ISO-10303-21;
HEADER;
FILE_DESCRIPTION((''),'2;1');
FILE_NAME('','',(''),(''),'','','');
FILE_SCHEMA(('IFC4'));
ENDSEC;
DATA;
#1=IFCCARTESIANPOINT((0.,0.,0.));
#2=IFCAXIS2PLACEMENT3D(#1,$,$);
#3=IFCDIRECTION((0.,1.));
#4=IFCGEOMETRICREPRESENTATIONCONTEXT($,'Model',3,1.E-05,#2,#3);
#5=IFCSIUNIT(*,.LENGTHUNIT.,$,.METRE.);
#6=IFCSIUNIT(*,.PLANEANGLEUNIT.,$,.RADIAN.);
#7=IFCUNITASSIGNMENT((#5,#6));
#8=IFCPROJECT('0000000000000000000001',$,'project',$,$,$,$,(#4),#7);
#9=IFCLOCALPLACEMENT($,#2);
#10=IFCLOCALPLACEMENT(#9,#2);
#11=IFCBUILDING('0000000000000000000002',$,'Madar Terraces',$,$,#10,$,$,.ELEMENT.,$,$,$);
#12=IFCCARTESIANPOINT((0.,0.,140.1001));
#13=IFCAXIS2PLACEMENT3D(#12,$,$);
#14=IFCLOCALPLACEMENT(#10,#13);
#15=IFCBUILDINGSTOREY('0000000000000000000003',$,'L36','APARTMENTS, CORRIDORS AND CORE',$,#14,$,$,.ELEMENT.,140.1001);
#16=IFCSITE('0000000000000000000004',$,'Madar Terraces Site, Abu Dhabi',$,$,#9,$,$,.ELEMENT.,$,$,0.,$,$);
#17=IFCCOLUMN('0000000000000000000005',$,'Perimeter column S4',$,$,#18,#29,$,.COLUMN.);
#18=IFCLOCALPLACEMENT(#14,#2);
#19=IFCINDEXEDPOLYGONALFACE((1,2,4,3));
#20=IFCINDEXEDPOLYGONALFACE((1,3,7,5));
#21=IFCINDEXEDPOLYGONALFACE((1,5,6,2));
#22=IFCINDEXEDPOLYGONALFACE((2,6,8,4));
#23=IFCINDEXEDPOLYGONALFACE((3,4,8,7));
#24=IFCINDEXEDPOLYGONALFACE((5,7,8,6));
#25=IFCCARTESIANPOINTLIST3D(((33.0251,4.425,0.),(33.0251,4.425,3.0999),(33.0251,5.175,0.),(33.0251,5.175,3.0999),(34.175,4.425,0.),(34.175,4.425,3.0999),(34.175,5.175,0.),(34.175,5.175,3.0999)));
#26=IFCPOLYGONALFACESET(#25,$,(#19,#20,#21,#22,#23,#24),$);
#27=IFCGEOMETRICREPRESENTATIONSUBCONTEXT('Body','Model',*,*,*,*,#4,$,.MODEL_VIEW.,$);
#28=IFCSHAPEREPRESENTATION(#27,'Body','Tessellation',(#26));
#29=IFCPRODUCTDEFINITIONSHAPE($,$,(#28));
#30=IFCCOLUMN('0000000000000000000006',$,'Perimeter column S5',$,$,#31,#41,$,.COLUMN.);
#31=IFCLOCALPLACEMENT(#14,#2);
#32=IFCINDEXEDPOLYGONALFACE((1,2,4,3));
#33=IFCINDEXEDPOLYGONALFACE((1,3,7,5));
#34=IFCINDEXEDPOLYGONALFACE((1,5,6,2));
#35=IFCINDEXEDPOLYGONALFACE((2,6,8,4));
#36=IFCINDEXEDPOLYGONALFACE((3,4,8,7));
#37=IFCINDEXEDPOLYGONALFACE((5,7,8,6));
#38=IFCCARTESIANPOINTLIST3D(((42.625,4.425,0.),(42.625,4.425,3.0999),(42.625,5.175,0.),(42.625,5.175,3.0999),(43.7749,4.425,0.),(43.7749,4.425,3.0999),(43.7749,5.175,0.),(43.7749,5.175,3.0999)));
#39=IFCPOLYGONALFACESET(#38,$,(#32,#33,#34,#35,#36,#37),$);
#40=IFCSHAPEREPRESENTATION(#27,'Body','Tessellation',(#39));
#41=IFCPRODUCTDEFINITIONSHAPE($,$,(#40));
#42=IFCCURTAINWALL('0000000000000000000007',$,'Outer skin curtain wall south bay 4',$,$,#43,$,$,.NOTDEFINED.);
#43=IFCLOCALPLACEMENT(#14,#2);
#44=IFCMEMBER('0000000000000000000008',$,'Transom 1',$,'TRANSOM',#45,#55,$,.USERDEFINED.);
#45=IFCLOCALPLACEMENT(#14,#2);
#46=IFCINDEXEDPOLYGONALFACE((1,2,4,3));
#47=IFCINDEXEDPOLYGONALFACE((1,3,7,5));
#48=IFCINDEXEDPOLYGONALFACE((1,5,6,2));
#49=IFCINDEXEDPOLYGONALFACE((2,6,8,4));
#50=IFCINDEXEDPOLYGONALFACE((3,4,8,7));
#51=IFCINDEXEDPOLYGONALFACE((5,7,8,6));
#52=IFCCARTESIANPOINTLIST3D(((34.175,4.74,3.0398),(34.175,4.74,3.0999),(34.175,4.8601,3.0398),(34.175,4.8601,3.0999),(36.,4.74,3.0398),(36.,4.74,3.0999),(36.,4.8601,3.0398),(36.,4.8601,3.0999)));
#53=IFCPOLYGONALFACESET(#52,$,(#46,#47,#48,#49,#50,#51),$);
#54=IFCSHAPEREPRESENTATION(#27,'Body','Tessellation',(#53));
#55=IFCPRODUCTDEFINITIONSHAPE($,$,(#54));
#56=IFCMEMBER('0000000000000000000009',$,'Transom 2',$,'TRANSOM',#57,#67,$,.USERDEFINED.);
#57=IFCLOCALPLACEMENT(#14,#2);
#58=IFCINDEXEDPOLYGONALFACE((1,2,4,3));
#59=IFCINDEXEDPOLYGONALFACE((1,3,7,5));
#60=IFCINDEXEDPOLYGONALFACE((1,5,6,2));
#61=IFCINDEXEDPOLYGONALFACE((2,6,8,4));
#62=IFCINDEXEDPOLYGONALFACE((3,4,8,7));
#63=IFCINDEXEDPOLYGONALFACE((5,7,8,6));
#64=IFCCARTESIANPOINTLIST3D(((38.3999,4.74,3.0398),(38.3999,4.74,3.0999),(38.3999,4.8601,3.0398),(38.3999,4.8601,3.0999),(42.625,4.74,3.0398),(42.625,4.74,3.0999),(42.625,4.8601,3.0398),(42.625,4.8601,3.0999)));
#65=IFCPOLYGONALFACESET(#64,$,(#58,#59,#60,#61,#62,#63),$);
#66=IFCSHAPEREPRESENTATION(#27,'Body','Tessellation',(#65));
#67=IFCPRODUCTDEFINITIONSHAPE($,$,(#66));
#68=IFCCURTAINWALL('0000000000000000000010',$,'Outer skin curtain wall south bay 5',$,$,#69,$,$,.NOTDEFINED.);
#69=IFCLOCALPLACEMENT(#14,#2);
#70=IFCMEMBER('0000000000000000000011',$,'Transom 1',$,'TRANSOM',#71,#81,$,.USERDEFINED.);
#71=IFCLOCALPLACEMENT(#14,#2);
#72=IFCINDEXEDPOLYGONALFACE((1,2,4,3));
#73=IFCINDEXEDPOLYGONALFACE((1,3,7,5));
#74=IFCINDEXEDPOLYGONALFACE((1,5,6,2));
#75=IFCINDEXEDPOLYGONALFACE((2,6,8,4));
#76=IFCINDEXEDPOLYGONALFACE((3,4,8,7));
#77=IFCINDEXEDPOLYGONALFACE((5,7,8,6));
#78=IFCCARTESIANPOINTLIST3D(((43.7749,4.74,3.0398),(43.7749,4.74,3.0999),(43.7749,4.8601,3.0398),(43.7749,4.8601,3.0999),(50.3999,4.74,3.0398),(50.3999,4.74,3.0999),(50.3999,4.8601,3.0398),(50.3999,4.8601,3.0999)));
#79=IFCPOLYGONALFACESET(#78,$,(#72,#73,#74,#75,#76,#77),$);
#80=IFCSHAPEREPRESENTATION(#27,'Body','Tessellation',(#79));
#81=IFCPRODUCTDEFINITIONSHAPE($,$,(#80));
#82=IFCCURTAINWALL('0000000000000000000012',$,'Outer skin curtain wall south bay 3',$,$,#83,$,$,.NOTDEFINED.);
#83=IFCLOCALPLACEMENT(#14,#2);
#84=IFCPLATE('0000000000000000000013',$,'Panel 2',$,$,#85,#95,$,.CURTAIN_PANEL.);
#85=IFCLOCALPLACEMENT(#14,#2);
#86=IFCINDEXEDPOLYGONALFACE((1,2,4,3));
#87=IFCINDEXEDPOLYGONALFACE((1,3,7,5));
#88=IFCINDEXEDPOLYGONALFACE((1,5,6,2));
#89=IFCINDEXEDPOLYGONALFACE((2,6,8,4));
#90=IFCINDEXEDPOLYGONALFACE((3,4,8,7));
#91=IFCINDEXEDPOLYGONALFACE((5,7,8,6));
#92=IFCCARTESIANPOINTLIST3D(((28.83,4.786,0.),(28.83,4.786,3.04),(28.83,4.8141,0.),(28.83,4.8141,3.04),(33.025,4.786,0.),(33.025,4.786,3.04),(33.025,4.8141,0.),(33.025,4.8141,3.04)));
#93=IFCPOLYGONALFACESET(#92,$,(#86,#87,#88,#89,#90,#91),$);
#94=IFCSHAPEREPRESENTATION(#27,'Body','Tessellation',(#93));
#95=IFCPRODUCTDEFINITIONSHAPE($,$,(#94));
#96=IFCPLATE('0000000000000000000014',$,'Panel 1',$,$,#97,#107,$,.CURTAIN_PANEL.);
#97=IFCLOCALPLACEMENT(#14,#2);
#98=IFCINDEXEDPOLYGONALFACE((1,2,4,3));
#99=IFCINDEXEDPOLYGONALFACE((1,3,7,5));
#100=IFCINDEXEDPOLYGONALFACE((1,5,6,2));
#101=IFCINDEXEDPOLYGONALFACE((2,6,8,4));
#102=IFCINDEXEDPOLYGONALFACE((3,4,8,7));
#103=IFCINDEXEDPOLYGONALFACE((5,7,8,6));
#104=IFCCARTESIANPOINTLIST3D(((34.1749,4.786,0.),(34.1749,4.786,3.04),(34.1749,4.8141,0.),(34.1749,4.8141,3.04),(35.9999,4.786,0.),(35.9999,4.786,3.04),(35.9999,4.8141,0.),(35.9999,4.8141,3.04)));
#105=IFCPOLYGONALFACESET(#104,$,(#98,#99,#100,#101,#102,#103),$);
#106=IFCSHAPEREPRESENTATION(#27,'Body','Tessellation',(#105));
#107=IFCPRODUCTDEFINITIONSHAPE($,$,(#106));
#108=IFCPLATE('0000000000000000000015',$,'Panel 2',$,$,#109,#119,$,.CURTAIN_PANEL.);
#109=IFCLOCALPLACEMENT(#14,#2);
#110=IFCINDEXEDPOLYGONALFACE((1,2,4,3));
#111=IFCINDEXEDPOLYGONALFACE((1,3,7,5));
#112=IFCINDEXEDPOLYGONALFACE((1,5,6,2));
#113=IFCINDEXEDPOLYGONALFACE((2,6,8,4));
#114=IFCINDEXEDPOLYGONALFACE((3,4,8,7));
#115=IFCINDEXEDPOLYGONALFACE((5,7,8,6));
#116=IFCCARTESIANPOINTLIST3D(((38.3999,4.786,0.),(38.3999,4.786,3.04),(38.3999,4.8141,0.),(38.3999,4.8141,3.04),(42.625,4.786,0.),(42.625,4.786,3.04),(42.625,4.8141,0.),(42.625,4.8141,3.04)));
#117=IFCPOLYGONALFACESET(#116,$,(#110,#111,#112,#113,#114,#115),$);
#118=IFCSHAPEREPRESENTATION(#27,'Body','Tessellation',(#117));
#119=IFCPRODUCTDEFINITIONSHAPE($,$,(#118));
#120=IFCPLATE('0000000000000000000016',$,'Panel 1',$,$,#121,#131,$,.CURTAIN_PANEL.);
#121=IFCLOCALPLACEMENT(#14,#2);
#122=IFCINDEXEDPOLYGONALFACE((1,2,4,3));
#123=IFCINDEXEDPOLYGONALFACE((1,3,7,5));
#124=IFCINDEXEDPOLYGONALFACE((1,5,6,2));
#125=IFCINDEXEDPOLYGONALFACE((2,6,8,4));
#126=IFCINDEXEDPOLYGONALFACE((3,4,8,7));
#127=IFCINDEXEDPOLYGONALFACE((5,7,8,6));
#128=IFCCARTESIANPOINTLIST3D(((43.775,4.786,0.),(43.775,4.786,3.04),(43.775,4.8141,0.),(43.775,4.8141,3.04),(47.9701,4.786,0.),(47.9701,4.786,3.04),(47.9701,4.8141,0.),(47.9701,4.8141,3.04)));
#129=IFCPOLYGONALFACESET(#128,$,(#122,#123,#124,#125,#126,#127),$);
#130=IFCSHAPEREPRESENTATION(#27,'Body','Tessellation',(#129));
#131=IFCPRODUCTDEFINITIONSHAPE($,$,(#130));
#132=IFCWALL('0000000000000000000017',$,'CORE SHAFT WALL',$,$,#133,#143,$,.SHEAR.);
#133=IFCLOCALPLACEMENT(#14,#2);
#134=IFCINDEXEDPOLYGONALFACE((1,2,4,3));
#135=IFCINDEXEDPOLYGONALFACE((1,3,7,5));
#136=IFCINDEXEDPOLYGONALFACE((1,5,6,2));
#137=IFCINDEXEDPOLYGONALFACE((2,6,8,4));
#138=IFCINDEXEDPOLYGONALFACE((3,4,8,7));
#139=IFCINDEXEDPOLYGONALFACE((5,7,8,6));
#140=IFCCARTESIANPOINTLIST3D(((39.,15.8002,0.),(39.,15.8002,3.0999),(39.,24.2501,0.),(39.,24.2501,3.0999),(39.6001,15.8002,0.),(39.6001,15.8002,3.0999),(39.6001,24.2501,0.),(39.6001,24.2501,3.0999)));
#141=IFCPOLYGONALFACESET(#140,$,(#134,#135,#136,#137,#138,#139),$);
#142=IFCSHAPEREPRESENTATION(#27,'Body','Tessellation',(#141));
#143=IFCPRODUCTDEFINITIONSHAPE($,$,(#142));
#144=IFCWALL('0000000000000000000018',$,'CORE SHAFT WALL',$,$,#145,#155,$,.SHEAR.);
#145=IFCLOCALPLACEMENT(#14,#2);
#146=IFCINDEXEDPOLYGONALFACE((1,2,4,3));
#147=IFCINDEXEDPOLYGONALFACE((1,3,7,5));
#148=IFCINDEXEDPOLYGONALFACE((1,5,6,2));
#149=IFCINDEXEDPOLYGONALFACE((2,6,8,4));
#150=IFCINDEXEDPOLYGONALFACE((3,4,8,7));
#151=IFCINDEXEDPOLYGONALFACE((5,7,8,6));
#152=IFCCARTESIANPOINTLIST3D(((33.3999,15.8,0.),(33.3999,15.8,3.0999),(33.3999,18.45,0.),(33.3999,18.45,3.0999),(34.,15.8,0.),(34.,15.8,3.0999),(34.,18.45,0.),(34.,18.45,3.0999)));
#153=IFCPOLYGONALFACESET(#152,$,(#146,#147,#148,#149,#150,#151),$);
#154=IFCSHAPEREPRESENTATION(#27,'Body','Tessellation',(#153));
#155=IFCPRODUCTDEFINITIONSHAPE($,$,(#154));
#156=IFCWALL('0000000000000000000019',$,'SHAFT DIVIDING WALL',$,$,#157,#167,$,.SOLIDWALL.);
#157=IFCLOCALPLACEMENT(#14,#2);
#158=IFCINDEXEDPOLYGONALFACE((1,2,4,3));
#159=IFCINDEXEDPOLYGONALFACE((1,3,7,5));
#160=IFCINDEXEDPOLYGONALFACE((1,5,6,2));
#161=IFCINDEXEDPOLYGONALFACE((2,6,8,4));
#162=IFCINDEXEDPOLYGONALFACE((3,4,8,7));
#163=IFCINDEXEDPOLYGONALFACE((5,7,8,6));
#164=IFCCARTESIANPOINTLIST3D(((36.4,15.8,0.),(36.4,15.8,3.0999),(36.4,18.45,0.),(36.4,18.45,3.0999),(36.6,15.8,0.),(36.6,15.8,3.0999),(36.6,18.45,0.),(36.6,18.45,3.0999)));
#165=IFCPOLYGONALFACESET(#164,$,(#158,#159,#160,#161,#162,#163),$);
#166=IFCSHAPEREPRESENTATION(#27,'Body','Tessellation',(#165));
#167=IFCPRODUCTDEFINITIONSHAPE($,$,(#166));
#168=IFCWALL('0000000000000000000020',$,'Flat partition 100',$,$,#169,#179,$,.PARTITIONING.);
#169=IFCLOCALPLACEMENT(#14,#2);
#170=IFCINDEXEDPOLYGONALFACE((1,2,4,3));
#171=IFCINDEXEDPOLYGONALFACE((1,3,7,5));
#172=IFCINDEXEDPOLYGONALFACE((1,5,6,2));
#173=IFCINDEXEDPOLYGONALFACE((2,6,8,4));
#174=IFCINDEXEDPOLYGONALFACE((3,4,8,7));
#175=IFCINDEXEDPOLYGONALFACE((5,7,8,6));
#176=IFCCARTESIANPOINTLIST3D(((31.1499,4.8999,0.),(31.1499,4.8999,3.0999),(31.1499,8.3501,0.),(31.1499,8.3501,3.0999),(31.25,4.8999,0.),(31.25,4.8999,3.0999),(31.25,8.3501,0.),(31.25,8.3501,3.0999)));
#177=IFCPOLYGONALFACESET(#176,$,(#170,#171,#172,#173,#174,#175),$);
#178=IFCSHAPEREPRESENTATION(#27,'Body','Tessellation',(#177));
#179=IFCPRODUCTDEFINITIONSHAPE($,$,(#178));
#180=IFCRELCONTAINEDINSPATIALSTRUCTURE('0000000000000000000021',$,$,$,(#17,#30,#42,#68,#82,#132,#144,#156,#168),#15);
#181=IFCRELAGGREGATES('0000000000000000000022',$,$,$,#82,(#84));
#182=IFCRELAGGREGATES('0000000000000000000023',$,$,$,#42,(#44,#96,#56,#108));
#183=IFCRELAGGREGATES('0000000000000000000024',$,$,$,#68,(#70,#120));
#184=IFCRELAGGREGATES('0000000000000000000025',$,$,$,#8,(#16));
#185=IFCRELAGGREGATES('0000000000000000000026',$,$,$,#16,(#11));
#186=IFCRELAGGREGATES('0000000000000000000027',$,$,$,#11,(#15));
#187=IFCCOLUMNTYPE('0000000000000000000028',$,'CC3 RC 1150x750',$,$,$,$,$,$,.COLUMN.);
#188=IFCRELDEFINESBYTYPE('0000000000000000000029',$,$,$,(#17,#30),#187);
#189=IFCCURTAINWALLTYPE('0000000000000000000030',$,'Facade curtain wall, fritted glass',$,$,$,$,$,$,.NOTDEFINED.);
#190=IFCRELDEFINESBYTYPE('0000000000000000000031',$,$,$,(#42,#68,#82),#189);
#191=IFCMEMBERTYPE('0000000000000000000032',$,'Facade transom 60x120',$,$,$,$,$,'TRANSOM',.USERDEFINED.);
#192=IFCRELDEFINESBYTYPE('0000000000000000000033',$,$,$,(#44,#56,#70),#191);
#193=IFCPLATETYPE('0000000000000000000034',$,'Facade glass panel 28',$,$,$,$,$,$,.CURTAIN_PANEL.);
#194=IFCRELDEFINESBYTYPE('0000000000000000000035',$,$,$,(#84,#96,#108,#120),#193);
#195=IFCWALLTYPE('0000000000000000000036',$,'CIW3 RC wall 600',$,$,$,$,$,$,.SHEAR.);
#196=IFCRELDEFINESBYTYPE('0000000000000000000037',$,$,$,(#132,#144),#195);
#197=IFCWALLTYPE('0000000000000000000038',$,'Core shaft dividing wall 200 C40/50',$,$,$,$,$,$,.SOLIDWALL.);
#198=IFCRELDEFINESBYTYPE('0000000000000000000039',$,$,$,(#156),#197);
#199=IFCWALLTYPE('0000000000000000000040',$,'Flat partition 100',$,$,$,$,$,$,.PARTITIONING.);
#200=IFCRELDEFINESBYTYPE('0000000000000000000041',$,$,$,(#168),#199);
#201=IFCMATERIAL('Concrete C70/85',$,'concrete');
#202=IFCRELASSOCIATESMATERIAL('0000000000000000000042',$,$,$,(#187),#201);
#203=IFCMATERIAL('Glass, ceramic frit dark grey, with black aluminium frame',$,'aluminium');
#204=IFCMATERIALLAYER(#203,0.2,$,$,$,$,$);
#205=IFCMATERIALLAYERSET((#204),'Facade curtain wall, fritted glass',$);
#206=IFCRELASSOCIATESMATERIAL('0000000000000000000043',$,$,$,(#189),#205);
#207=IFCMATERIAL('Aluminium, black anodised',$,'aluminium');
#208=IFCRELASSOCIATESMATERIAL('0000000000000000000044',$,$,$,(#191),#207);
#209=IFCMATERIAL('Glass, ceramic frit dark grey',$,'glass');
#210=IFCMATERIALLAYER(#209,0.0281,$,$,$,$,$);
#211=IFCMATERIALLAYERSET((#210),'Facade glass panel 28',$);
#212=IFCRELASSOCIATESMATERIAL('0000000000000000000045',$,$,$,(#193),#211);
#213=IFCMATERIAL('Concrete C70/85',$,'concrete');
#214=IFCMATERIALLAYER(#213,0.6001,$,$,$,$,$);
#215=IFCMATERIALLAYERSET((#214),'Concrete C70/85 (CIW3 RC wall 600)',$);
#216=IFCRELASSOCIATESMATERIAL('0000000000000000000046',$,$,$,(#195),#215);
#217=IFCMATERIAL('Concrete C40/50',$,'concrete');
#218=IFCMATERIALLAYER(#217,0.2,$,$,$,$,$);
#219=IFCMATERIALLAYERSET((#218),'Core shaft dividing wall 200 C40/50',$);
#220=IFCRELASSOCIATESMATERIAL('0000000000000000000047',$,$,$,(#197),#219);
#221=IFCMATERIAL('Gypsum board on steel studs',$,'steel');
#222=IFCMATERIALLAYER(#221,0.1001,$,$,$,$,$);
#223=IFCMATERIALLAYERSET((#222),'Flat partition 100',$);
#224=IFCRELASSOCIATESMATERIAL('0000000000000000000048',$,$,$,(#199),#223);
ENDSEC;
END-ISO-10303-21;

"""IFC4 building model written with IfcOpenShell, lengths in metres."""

from ifc_helpers import new_model, si_unit, direction, frame, frame_2d, origin, origin_2d, place, context, subcontext, project, spatial, rectangle, extrude, material, layer, layer_set, material_profile, profile_set, type_object, element, aggregate, save


model = new_model("IFC4")

# Units and contexts
model_context = context("Model", 3, precision=1e-05, world=origin(), true_north=direction((0.0, 1.0)))
body_context = subcontext(model_context, "Body", "Model", "MODEL_VIEW")
ifc_project = project(units=[si_unit("LENGTHUNIT", "METRE"), si_unit("PLANEANGLEUNIT", "RADIAN")], contexts=[model_context])

# Site, building, storey
site_placement = place(None, origin())
site = spatial("IfcSite", under=ifc_project, at=site_placement, Name="Madar Terraces Site, Abu Dhabi", CompositionType="ELEMENT", RefElevation=0.0)
building_placement = place(site_placement, origin())
building = spatial("IfcBuilding", under=site, at=building_placement, Name="Madar Terraces", CompositionType="ELEMENT")
storey_placement = place(building_placement, frame((0.0, 0.0, 140.1001)))
storey = spatial("IfcBuildingStorey", under=building, at=storey_placement, Name="L36", Description="APARTMENTS, CORRIDORS AND CORE", CompositionType="ELEMENT", Elevation=140.1001)

# Columns
ifc_material_1 = material(Name="Concrete C70/85", Category="concrete")
ifc_material_profile_1 = material_profile(ifc_material_1, rectangle(XDim=1.1499, YDim=0.75, at=origin_2d()), Name="CC3 RC 1150x750")
ifc_profile_set_1 = profile_set([ifc_material_profile_1], Name="Concrete C70/85")
column_type = type_object("IfcColumnType", Name="CC3 RC 1150x750", PredefinedType="COLUMN", material=ifc_profile_set_1)
for number, where, z_axis, x_axis, name in (
    (1, (33.6001, 4.8, 0.0), (0.0, 0.0, 1.0), (1.0, 0.0, 0.0), "Perimeter column S4"),
    (2, (43.2, 4.8, 0.0), (0.0, 0.0, 1.0), (1.0, 0.0, 0.0), "Perimeter column S5"),
):
    element("IfcColumn", number, at=place(storey_placement, frame(where, z_axis=z_axis, x_axis=x_axis)), inside=storey, type_object=column_type, Name=name, PredefinedType="COLUMN", context=body_context, shape_type="SweptSolid", body=[
        extrude(rectangle(XDim=1.1499, YDim=0.75, at=origin_2d()), origin(), (0.0, 0.0, 1.0), 3.0999),
    ])

# Curtain wall, members
ifc_material_2 = material(Name="Glass, ceramic frit dark grey, with black aluminium frame", Category="aluminium")
ifc_layer_1 = layer(ifc_material_2, 0.2)
ifc_layer_set_1 = layer_set([ifc_layer_1], Name="Facade curtain wall, fritted glass")
curtain_wall_type = type_object("IfcCurtainWallType", Name="Facade curtain wall, fritted glass", PredefinedType="NOTDEFINED", material=ifc_layer_set_1)
curtain_wall_1_placement = place(storey_placement, origin())
curtain_wall_1 = element("IfcCurtainWall", 3, at=curtain_wall_1_placement, inside=storey, type_object=curtain_wall_type, Name="Outer skin curtain wall south bay 4", PredefinedType="NOTDEFINED")
ifc_material_3 = material(Name="Aluminium, black anodised", Category="aluminium")
ifc_material_profile_2 = material_profile(ifc_material_3, rectangle(XDim=0.1201, YDim=0.0601, at=origin_2d()), Name="Facade transom 60x120")
ifc_profile_set_2 = profile_set([ifc_material_profile_2], Name="Aluminium, black anodised")
member_type = type_object("IfcMemberType", Name="Facade transom 60x120", ElementType="TRANSOM", PredefinedType="USERDEFINED", material=ifc_profile_set_2)
member_1_placement = place(storey_placement, frame((34.175, 4.8, 3.0698), z_axis=(1.0, 0.0, 0.0), x_axis=(0.0, 1.0, 0.0)))
member_1 = element("IfcMember", 4, at=member_1_placement, type_object=member_type, Name="Transom 1", ObjectType="TRANSOM", PredefinedType="USERDEFINED", context=body_context, shape_type="SweptSolid", body=[
    extrude(rectangle(XDim=0.1201, YDim=0.0601, at=origin_2d()), origin(), (0.0, 0.0, 1.0), 1.825),
])
member_2_placement = place(storey_placement, frame((38.3999, 4.8, 3.0698), z_axis=(1.0, 0.0, 0.0), x_axis=(0.0, 1.0, 0.0)))
member_2 = element("IfcMember", 5, at=member_2_placement, type_object=member_type, Name="Transom 2", ObjectType="TRANSOM", PredefinedType="USERDEFINED", context=body_context, shape_type="SweptSolid", body=[
    extrude(rectangle(XDim=0.1201, YDim=0.0601, at=origin_2d()), origin(), (0.0, 0.0, 1.0), 4.2251),
])

# Curtain wall, member
curtain_wall_2_placement = place(storey_placement, origin())
curtain_wall_2 = element("IfcCurtainWall", 6, at=curtain_wall_2_placement, inside=storey, type_object=curtain_wall_type, Name="Outer skin curtain wall south bay 5", PredefinedType="NOTDEFINED")
member_3_placement = place(storey_placement, frame((43.7749, 4.8, 3.0698), z_axis=(1.0, 0.0, 0.0), x_axis=(0.0, 1.0, 0.0)))
member_3 = element("IfcMember", 7, at=member_3_placement, type_object=member_type, Name="Transom 1", ObjectType="TRANSOM", PredefinedType="USERDEFINED", context=body_context, shape_type="SweptSolid", body=[
    extrude(rectangle(XDim=0.1201, YDim=0.0601, at=origin_2d()), origin(), (0.0, 0.0, 1.0), 6.625),
])

# Curtain wall, plate
curtain_wall_3_placement = place(storey_placement, origin())
curtain_wall_3 = element("IfcCurtainWall", 8, at=curtain_wall_3_placement, inside=storey, type_object=curtain_wall_type, Name="Outer skin curtain wall south bay 3", PredefinedType="NOTDEFINED")
ifc_material_4 = material(Name="Glass, ceramic frit dark grey", Category="glass")
ifc_layer_2 = layer(ifc_material_4, 0.0281)
ifc_layer_set_2 = layer_set([ifc_layer_2], Name="Facade glass panel 28")
plate_type = type_object("IfcPlateType", Name="Facade glass panel 28", PredefinedType="CURTAIN_PANEL", material=ifc_layer_set_2)
plate_1_placement = place(storey_placement, frame((30.9275, 4.8, 0.0), z_axis=(0.0, 0.0, 1.0), x_axis=(1.0, 0.0, 0.0)))
plate_1 = element("IfcPlate", 9, at=plate_1_placement, type_object=plate_type, Name="Panel 2", PredefinedType="CURTAIN_PANEL", context=body_context, shape_type="SweptSolid", body=[
    extrude(rectangle(XDim=4.1951, YDim=0.0281, at=origin_2d()), origin(), (0.0, 0.0, 1.0), 3.04),
])
aggregate(curtain_wall_3, [plate_1])

# Plates
plate_2_placement = place(storey_placement, frame((35.0874, 4.8, 0.0), z_axis=(0.0, 0.0, 1.0), x_axis=(1.0, 0.0, 0.0)))
plate_2 = element("IfcPlate", 10, at=plate_2_placement, type_object=plate_type, Name="Panel 1", PredefinedType="CURTAIN_PANEL", context=body_context, shape_type="SweptSolid", body=[
    extrude(rectangle(XDim=1.825, YDim=0.0281, at=origin_2d()), origin(), (0.0, 0.0, 1.0), 3.04),
])
plate_3_placement = place(storey_placement, frame((40.5125, 4.8, 0.0), z_axis=(0.0, 0.0, 1.0), x_axis=(1.0, 0.0, 0.0)))
plate_3 = element("IfcPlate", 11, at=plate_3_placement, type_object=plate_type, Name="Panel 2", PredefinedType="CURTAIN_PANEL", context=body_context, shape_type="SweptSolid", body=[
    extrude(rectangle(XDim=4.2251, YDim=0.0281, at=origin_2d()), origin(), (0.0, 0.0, 1.0), 3.04),
])
aggregate(curtain_wall_1, [member_1, plate_2, member_2, plate_3])
plate_4_placement = place(storey_placement, frame((45.8726, 4.8, 0.0), z_axis=(0.0, 0.0, 1.0), x_axis=(1.0, 0.0, 0.0)))
plate_4 = element("IfcPlate", 12, at=plate_4_placement, type_object=plate_type, Name="Panel 1", PredefinedType="CURTAIN_PANEL", context=body_context, shape_type="SweptSolid", body=[
    extrude(rectangle(XDim=4.1951, YDim=0.0281, at=origin_2d()), origin(), (0.0, 0.0, 1.0), 3.04),
])
aggregate(curtain_wall_2, [member_3, plate_4])

# Walls
ifc_material_5 = material(Name="Concrete C70/85", Category="concrete")
ifc_layer_3 = layer(ifc_material_5, 0.6001)
ifc_layer_set_3 = layer_set([ifc_layer_3], Name="Concrete C70/85 (CIW3 RC wall 600)")
wall_type_1 = type_object("IfcWallType", Name="CIW3 RC wall 600", PredefinedType="SHEAR", material=ifc_layer_set_3)
wall_1_placement = place(storey_placement, frame((39.3, 15.8, 0.0), z_axis=(0.0, 0.0, 1.0), x_axis=(0.0, 1.0, 0.0)))
element("IfcWall", 13, at=wall_1_placement, inside=storey, type_object=wall_type_1, Name="CORE SHAFT WALL", PredefinedType="SHEAR", context=body_context, shape_type="SweptSolid", body=[
    extrude(rectangle(XDim=8.45, YDim=0.6001, at=frame_2d((4.2251, 0.0))), origin(), (0.0, 0.0, 1.0), 3.0999),
])
wall_2_placement = place(storey_placement, frame((33.7, 15.8, 0.0), z_axis=(0.0, 0.0, 1.0), x_axis=(0.0, 1.0, 0.0)))
element("IfcWall", 14, at=wall_2_placement, inside=storey, type_object=wall_type_1, Name="CORE SHAFT WALL", PredefinedType="SHEAR", context=body_context, shape_type="SweptSolid", body=[
    extrude(rectangle(XDim=2.6499, YDim=0.6001, at=frame_2d((1.325, 0.0))), origin(), (0.0, 0.0, 1.0), 3.0999),
])
ifc_material_6 = material(Name="Concrete C40/50", Category="concrete")
ifc_layer_4 = layer(ifc_material_6, 0.2)
ifc_layer_set_4 = layer_set([ifc_layer_4], Name="Core shaft dividing wall 200 C40/50")
wall_type_2 = type_object("IfcWallType", Name="Core shaft dividing wall 200 C40/50", PredefinedType="SOLIDWALL", material=ifc_layer_set_4)
wall_3_placement = place(storey_placement, frame((36.5, 15.8, 0.0), z_axis=(0.0, 0.0, 1.0), x_axis=(0.0, 1.0, 0.0)))
element("IfcWall", 15, at=wall_3_placement, inside=storey, type_object=wall_type_2, Name="SHAFT DIVIDING WALL", PredefinedType="SOLIDWALL", context=body_context, shape_type="SweptSolid", body=[
    extrude(rectangle(XDim=2.6499, YDim=0.2, at=frame_2d((1.325, 0.0))), origin(), (0.0, 0.0, 1.0), 3.0999),
])

# Wall
ifc_material_7 = material(Name="Gypsum board on steel studs", Category="steel")
ifc_layer_5 = layer(ifc_material_7, 0.1001)
ifc_layer_set_5 = layer_set([ifc_layer_5], Name="Flat partition 100")
wall_type_3 = type_object("IfcWallType", Name="Flat partition 100", PredefinedType="PARTITIONING", material=ifc_layer_set_5)
wall_4_placement = place(storey_placement, frame((31.2, 8.3501, 0.0), z_axis=(0.0, 0.0, 1.0), x_axis=(0.0, -1.0, 0.0)))
element("IfcWall", 16, at=wall_4_placement, inside=storey, type_object=wall_type_3, Name="Flat partition 100", PredefinedType="PARTITIONING", context=body_context, shape_type="SweptSolid", body=[
    extrude(rectangle(XDim=3.4502, YDim=0.1001, at=frame_2d((1.7251, 0.0))), origin(), (0.0, 0.0, 1.0), 3.0999),
])

save(model, "model.ifc")
